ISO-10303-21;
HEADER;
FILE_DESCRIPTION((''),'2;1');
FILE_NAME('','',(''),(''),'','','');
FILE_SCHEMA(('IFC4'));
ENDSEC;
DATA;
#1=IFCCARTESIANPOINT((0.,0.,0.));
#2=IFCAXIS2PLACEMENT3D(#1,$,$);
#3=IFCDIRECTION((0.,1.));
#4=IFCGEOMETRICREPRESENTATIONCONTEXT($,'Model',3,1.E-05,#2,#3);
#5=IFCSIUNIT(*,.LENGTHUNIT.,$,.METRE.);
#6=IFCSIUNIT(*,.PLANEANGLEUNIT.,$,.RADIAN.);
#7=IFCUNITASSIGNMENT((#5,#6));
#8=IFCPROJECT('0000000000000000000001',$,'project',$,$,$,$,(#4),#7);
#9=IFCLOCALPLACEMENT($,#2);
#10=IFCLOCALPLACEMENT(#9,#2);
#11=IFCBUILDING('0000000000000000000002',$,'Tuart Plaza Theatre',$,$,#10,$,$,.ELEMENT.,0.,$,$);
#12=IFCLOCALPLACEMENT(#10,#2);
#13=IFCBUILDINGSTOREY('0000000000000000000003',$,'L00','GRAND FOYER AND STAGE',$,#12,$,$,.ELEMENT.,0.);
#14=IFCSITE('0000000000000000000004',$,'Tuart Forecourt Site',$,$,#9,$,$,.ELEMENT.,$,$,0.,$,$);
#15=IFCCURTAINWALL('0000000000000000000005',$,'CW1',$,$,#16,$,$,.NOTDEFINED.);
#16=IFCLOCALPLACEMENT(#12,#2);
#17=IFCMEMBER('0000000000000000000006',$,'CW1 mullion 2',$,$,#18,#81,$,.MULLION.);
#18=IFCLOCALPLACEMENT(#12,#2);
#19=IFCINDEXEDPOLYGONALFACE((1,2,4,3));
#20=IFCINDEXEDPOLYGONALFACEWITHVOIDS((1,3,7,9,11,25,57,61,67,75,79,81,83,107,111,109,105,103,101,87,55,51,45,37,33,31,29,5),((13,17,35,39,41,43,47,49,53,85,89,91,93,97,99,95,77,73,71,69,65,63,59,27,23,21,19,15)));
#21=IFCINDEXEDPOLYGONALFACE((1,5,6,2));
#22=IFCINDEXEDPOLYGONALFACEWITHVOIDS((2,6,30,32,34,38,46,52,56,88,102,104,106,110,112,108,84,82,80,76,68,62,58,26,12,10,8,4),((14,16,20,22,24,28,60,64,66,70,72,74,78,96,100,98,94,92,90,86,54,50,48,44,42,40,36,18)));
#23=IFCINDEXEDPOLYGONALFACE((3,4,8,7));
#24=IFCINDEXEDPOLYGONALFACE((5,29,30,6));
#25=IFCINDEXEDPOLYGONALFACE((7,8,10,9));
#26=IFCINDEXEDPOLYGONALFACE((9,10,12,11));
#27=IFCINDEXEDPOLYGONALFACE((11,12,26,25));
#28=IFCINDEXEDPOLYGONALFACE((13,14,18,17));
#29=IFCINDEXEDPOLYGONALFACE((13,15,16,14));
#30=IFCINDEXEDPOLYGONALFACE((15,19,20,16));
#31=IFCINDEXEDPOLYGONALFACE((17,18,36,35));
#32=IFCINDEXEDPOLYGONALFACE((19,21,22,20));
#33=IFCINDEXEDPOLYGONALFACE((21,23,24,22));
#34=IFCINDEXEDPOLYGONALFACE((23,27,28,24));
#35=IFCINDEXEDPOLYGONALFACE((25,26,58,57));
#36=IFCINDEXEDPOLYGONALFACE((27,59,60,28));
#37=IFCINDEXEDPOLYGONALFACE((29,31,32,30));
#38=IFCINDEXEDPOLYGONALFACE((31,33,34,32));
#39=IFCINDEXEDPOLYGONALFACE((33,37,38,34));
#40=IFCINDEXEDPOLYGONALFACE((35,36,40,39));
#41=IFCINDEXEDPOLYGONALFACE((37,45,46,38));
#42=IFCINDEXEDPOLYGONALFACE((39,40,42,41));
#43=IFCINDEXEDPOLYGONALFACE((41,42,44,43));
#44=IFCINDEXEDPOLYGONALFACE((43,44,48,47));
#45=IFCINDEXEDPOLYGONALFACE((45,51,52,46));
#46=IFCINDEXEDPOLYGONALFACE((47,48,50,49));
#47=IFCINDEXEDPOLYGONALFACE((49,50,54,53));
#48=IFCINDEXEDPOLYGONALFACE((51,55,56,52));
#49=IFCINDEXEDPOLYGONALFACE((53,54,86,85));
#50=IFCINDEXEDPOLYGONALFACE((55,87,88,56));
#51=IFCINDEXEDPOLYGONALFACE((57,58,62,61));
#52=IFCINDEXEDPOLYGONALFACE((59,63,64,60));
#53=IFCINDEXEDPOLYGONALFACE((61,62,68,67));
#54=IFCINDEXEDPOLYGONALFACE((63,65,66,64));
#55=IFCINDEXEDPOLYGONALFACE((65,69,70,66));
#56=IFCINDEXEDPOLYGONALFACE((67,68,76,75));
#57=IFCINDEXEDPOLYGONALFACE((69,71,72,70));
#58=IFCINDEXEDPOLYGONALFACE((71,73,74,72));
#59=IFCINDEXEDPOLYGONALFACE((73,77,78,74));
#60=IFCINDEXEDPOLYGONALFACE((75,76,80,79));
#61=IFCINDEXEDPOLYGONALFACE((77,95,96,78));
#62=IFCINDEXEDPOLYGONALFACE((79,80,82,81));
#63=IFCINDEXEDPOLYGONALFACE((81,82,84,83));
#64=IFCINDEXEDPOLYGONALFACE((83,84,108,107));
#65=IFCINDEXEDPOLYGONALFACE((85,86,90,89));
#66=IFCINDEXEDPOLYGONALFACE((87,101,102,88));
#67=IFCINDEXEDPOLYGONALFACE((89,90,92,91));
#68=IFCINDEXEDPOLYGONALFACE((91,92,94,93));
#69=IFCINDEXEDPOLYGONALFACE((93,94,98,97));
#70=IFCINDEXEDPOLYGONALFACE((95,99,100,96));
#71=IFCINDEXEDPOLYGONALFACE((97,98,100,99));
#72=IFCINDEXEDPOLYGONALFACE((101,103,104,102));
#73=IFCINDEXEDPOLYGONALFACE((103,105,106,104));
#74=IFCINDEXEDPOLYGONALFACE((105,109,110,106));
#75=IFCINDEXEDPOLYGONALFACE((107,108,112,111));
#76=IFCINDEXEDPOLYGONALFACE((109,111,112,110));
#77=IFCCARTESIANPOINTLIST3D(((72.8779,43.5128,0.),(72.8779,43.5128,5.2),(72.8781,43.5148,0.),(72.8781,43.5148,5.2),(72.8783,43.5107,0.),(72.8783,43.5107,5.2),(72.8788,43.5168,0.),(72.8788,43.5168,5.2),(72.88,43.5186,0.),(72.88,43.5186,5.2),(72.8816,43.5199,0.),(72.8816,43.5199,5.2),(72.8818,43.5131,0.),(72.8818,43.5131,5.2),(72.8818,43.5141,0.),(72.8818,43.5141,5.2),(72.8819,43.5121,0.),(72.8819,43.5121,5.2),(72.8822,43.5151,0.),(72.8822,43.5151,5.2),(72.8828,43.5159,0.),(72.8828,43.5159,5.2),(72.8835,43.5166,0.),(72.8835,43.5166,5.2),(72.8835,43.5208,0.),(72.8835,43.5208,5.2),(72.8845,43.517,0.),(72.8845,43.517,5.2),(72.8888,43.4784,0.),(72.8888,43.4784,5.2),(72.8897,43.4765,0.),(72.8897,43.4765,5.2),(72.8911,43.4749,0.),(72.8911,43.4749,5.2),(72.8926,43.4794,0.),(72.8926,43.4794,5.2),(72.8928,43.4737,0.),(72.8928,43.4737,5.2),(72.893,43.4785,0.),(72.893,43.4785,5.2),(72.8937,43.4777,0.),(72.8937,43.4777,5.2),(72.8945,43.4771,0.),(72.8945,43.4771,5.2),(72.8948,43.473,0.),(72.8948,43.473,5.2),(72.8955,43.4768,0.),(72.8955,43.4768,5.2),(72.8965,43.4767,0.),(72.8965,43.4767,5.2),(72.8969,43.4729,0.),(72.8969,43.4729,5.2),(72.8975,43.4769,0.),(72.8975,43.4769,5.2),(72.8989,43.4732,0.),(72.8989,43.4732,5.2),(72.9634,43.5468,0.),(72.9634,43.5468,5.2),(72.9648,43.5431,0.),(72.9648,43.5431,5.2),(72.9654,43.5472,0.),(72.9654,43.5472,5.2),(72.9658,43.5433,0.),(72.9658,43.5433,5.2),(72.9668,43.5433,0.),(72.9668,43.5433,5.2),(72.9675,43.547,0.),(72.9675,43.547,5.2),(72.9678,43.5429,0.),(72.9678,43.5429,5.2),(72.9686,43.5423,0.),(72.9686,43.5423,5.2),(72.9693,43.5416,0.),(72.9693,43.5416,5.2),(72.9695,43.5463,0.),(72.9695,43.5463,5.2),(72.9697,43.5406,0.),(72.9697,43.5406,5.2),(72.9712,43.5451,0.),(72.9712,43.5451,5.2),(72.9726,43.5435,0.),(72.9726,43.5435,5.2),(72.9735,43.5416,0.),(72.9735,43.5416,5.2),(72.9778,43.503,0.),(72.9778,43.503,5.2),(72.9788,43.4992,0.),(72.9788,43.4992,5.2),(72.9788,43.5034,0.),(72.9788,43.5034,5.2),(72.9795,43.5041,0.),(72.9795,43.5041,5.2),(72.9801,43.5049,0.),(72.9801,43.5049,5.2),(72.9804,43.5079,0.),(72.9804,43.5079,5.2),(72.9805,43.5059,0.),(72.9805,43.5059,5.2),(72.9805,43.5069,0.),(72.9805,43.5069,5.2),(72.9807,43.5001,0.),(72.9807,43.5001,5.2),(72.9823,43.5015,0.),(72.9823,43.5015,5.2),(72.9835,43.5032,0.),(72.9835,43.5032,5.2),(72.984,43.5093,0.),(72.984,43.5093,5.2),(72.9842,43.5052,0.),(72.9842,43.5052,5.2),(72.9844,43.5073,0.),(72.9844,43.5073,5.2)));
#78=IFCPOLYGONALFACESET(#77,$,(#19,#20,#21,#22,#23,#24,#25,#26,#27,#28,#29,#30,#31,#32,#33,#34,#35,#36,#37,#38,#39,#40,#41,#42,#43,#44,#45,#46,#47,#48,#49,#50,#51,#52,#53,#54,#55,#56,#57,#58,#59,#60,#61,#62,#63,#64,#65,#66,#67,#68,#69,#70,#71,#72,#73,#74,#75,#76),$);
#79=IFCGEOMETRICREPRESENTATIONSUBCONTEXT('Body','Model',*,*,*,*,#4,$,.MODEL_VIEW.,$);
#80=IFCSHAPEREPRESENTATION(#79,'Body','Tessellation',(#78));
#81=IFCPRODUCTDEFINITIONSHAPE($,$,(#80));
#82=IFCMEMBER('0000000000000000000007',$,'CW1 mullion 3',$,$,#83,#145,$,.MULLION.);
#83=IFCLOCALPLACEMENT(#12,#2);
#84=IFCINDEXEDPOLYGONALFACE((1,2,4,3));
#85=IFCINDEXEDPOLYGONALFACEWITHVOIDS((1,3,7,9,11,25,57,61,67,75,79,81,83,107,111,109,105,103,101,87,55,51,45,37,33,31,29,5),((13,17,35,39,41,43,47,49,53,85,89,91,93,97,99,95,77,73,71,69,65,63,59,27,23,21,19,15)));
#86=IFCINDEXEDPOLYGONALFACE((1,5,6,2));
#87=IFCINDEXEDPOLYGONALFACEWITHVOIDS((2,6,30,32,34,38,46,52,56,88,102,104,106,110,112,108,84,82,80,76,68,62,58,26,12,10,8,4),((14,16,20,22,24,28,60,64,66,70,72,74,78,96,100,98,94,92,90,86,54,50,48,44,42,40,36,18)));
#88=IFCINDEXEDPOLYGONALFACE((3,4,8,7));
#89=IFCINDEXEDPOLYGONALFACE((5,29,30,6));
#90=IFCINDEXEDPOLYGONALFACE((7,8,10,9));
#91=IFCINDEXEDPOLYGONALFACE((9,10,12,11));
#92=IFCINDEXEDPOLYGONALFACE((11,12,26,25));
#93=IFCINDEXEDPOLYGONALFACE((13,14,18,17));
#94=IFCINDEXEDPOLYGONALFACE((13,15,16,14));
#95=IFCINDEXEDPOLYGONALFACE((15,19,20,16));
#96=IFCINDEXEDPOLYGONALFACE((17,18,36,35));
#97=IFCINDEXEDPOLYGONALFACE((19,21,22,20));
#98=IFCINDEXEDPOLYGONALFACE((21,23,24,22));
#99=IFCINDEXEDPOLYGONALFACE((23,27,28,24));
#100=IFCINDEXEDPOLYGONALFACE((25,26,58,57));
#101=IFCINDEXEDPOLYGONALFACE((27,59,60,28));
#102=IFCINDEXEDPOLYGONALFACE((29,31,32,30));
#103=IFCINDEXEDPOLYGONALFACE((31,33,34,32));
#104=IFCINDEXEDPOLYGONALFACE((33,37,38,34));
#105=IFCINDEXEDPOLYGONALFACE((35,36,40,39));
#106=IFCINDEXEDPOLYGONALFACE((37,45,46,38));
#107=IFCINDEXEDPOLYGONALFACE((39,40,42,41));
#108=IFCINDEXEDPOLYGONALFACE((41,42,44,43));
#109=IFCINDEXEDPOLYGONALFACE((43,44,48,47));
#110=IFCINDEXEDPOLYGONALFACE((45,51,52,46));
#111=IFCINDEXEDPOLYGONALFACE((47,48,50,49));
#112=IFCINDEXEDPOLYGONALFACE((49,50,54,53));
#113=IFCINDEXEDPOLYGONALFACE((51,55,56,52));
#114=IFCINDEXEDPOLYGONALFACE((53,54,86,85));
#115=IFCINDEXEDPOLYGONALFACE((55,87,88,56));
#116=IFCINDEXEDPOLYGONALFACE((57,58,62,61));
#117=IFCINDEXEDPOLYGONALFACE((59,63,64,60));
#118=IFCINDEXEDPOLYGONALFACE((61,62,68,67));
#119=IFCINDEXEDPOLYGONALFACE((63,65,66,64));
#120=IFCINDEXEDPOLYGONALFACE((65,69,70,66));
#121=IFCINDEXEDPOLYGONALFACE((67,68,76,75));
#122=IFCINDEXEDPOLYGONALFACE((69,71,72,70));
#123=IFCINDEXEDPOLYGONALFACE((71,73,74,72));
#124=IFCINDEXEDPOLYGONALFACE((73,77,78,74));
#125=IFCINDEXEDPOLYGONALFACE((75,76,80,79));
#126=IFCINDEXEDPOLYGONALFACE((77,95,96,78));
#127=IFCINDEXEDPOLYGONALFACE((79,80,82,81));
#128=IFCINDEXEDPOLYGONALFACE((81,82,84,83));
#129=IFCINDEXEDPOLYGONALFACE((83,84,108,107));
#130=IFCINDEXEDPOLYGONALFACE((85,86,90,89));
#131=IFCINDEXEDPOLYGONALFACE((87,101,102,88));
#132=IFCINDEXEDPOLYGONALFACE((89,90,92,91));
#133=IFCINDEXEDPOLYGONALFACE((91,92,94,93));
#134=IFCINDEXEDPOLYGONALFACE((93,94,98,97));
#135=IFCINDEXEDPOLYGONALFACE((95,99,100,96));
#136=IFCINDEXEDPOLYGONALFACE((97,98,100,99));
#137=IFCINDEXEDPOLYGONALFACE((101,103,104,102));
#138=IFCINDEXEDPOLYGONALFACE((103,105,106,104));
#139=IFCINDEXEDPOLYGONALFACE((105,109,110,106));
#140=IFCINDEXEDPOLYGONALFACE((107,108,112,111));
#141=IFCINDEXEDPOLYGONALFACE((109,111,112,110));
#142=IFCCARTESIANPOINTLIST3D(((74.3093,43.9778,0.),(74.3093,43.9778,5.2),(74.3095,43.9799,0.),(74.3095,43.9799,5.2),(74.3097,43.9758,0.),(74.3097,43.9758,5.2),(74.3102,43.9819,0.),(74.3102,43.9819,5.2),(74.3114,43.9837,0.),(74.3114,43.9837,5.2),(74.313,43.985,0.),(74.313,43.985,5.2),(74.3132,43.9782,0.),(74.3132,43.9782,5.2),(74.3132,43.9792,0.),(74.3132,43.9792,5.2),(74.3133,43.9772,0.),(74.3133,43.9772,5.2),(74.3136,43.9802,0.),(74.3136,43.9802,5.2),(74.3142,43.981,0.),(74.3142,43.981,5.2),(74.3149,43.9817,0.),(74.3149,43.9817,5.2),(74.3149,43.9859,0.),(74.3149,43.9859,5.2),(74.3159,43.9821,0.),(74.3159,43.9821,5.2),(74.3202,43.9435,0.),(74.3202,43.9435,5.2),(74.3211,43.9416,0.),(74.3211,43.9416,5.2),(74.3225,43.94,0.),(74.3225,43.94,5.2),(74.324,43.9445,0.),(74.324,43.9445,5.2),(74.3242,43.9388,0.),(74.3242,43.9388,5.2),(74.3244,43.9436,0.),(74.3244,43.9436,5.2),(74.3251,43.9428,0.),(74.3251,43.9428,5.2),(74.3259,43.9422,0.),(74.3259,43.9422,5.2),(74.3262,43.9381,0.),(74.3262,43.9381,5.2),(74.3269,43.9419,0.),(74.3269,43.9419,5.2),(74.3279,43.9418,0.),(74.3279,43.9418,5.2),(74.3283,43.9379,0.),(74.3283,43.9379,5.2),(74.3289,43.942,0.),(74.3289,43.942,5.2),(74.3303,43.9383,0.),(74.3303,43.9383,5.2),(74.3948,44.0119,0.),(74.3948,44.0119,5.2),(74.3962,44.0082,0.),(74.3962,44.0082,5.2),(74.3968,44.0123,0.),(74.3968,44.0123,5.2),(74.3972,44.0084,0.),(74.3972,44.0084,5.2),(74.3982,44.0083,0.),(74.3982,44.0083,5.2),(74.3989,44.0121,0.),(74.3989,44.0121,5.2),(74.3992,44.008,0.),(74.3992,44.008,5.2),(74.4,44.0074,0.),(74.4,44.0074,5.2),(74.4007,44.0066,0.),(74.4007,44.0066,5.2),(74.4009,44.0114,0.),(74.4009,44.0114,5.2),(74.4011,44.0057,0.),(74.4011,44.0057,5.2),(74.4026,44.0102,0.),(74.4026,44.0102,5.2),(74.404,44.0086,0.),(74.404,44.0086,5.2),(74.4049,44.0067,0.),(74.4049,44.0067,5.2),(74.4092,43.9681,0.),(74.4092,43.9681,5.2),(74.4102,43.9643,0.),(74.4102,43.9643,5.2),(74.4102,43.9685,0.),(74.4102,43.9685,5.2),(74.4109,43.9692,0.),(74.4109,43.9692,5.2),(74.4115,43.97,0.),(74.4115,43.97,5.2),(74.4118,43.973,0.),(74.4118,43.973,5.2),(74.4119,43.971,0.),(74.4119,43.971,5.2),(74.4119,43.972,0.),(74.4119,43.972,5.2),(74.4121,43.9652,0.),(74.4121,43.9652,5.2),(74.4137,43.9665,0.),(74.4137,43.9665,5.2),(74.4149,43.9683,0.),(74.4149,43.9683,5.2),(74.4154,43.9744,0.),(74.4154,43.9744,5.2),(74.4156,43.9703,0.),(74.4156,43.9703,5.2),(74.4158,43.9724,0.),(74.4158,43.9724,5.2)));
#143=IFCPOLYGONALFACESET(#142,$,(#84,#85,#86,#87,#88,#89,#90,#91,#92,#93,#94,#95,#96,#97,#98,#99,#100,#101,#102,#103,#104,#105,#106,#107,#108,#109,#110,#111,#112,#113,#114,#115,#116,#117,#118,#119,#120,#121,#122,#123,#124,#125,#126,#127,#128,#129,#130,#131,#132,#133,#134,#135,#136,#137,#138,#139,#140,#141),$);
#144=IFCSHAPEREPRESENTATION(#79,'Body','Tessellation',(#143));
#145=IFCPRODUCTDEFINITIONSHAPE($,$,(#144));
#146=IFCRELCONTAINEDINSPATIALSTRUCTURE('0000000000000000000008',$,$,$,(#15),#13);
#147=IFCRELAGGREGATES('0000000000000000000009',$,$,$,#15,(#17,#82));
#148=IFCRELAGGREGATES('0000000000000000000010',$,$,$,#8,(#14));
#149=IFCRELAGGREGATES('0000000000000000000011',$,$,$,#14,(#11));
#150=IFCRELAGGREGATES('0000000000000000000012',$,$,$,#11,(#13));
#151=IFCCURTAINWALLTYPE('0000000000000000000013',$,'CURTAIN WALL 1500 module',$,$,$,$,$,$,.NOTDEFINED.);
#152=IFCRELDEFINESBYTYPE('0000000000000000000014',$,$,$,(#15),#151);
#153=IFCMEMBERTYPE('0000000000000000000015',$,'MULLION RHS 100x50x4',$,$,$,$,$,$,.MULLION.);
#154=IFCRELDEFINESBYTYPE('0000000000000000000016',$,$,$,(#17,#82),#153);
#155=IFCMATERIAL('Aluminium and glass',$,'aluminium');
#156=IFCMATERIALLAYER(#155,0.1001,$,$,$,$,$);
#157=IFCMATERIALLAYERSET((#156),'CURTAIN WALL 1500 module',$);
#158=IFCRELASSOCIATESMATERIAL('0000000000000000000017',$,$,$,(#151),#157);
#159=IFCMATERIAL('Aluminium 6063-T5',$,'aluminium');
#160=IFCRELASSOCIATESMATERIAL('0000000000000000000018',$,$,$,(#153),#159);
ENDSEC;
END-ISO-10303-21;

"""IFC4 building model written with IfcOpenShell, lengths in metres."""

from ifc_helpers import new_model, si_unit, direction, frame, origin, origin_2d, place, context, subcontext, project, spatial, hollow_rectangle, extrude, material, layer, layer_set, material_profile, profile_set, type_object, element, aggregate, save


model = new_model("IFC4")

# Units and contexts
model_context = context("Model", 3, precision=1e-05, world=origin(), true_north=direction((0.0, 1.0)))
body_context = subcontext(model_context, "Body", "Model", "MODEL_VIEW")
ifc_project = project(units=[si_unit("LENGTHUNIT", "METRE"), si_unit("PLANEANGLEUNIT", "RADIAN")], contexts=[model_context])

# Site, building, storey
site_placement = place(None, origin())
site = spatial("IfcSite", under=ifc_project, at=site_placement, Name="Tuart Forecourt Site", CompositionType="ELEMENT", RefElevation=0.0)
building_placement = place(site_placement, origin())
building = spatial("IfcBuilding", under=site, at=building_placement, Name="Tuart Plaza Theatre", CompositionType="ELEMENT", ElevationOfRefHeight=0.0)
storey_placement = place(building_placement, origin())
storey = spatial("IfcBuildingStorey", under=building, at=storey_placement, Name="L00", Description="GRAND FOYER AND STAGE", CompositionType="ELEMENT", Elevation=0.0)

# Curtain wall, members
ifc_material_1 = material(Name="Aluminium and glass", Category="aluminium")
ifc_layer_1 = layer(ifc_material_1, 0.1001)
ifc_layer_set_1 = layer_set([ifc_layer_1], Name="CURTAIN WALL 1500 module")
curtain_wall_type = type_object("IfcCurtainWallType", Name="CURTAIN WALL 1500 module", PredefinedType="NOTDEFINED", material=ifc_layer_set_1)
curtain_wall_1_placement = place(storey_placement, origin())
curtain_wall_1 = element("IfcCurtainWall", 1, at=curtain_wall_1_placement, inside=storey, type_object=curtain_wall_type, Name="CW1", PredefinedType="NOTDEFINED")
ifc_material_2 = material(Name="Aluminium 6063-T5", Category="aluminium")
ifc_material_profile_1 = material_profile(ifc_material_2, hollow_rectangle(XDim=0.05, YDim=0.1001, WallThickness=0.0039, InnerFilletRadius=0.0039, OuterFilletRadius=0.0081, at=origin_2d()), Name="RHS 100x50x4")
ifc_profile_set_1 = profile_set([ifc_material_profile_1], Name="Aluminium 6063-T5")
member_type_1 = type_object("IfcMemberType", Name="MULLION RHS 100x50x4", PredefinedType="MULLION", material=ifc_profile_set_1)
member_1_placement = place(storey_placement, frame((72.9312, 43.51, 0.0), z_axis=(0.0, 0.0, 1.0), x_axis=(-0.308986, 0.951067, 0.0)))
member_1 = element("IfcMember", 2, at=member_1_placement, type_object=member_type_1, Name="CW1 mullion 2", PredefinedType="MULLION", context=body_context, shape_type="SweptSolid", body=[
    extrude(hollow_rectangle(XDim=0.05, YDim=0.1001, WallThickness=0.0039, InnerFilletRadius=0.0039, OuterFilletRadius=0.0081, at=origin_2d()), origin(), (0.0, 0.0, 1.0), 5.2),
])
member_2_placement = place(storey_placement, frame((74.3625, 43.9751, 0.0), z_axis=(0.0, 0.0, 1.0), x_axis=(-0.308986, 0.951067, 0.0)))
member_2 = element("IfcMember", 3, at=member_2_placement, type_object=member_type_1, Name="CW1 mullion 3", PredefinedType="MULLION", context=body_context, shape_type="SweptSolid", body=[
    extrude(hollow_rectangle(XDim=0.05, YDim=0.1001, WallThickness=0.0039, InnerFilletRadius=0.0039, OuterFilletRadius=0.0081, at=origin_2d()), origin(), (0.0, 0.0, 1.0), 5.2),
])

aggregate(curtain_wall_1, [member_1, member_2])

save(model, "model.ifc")
